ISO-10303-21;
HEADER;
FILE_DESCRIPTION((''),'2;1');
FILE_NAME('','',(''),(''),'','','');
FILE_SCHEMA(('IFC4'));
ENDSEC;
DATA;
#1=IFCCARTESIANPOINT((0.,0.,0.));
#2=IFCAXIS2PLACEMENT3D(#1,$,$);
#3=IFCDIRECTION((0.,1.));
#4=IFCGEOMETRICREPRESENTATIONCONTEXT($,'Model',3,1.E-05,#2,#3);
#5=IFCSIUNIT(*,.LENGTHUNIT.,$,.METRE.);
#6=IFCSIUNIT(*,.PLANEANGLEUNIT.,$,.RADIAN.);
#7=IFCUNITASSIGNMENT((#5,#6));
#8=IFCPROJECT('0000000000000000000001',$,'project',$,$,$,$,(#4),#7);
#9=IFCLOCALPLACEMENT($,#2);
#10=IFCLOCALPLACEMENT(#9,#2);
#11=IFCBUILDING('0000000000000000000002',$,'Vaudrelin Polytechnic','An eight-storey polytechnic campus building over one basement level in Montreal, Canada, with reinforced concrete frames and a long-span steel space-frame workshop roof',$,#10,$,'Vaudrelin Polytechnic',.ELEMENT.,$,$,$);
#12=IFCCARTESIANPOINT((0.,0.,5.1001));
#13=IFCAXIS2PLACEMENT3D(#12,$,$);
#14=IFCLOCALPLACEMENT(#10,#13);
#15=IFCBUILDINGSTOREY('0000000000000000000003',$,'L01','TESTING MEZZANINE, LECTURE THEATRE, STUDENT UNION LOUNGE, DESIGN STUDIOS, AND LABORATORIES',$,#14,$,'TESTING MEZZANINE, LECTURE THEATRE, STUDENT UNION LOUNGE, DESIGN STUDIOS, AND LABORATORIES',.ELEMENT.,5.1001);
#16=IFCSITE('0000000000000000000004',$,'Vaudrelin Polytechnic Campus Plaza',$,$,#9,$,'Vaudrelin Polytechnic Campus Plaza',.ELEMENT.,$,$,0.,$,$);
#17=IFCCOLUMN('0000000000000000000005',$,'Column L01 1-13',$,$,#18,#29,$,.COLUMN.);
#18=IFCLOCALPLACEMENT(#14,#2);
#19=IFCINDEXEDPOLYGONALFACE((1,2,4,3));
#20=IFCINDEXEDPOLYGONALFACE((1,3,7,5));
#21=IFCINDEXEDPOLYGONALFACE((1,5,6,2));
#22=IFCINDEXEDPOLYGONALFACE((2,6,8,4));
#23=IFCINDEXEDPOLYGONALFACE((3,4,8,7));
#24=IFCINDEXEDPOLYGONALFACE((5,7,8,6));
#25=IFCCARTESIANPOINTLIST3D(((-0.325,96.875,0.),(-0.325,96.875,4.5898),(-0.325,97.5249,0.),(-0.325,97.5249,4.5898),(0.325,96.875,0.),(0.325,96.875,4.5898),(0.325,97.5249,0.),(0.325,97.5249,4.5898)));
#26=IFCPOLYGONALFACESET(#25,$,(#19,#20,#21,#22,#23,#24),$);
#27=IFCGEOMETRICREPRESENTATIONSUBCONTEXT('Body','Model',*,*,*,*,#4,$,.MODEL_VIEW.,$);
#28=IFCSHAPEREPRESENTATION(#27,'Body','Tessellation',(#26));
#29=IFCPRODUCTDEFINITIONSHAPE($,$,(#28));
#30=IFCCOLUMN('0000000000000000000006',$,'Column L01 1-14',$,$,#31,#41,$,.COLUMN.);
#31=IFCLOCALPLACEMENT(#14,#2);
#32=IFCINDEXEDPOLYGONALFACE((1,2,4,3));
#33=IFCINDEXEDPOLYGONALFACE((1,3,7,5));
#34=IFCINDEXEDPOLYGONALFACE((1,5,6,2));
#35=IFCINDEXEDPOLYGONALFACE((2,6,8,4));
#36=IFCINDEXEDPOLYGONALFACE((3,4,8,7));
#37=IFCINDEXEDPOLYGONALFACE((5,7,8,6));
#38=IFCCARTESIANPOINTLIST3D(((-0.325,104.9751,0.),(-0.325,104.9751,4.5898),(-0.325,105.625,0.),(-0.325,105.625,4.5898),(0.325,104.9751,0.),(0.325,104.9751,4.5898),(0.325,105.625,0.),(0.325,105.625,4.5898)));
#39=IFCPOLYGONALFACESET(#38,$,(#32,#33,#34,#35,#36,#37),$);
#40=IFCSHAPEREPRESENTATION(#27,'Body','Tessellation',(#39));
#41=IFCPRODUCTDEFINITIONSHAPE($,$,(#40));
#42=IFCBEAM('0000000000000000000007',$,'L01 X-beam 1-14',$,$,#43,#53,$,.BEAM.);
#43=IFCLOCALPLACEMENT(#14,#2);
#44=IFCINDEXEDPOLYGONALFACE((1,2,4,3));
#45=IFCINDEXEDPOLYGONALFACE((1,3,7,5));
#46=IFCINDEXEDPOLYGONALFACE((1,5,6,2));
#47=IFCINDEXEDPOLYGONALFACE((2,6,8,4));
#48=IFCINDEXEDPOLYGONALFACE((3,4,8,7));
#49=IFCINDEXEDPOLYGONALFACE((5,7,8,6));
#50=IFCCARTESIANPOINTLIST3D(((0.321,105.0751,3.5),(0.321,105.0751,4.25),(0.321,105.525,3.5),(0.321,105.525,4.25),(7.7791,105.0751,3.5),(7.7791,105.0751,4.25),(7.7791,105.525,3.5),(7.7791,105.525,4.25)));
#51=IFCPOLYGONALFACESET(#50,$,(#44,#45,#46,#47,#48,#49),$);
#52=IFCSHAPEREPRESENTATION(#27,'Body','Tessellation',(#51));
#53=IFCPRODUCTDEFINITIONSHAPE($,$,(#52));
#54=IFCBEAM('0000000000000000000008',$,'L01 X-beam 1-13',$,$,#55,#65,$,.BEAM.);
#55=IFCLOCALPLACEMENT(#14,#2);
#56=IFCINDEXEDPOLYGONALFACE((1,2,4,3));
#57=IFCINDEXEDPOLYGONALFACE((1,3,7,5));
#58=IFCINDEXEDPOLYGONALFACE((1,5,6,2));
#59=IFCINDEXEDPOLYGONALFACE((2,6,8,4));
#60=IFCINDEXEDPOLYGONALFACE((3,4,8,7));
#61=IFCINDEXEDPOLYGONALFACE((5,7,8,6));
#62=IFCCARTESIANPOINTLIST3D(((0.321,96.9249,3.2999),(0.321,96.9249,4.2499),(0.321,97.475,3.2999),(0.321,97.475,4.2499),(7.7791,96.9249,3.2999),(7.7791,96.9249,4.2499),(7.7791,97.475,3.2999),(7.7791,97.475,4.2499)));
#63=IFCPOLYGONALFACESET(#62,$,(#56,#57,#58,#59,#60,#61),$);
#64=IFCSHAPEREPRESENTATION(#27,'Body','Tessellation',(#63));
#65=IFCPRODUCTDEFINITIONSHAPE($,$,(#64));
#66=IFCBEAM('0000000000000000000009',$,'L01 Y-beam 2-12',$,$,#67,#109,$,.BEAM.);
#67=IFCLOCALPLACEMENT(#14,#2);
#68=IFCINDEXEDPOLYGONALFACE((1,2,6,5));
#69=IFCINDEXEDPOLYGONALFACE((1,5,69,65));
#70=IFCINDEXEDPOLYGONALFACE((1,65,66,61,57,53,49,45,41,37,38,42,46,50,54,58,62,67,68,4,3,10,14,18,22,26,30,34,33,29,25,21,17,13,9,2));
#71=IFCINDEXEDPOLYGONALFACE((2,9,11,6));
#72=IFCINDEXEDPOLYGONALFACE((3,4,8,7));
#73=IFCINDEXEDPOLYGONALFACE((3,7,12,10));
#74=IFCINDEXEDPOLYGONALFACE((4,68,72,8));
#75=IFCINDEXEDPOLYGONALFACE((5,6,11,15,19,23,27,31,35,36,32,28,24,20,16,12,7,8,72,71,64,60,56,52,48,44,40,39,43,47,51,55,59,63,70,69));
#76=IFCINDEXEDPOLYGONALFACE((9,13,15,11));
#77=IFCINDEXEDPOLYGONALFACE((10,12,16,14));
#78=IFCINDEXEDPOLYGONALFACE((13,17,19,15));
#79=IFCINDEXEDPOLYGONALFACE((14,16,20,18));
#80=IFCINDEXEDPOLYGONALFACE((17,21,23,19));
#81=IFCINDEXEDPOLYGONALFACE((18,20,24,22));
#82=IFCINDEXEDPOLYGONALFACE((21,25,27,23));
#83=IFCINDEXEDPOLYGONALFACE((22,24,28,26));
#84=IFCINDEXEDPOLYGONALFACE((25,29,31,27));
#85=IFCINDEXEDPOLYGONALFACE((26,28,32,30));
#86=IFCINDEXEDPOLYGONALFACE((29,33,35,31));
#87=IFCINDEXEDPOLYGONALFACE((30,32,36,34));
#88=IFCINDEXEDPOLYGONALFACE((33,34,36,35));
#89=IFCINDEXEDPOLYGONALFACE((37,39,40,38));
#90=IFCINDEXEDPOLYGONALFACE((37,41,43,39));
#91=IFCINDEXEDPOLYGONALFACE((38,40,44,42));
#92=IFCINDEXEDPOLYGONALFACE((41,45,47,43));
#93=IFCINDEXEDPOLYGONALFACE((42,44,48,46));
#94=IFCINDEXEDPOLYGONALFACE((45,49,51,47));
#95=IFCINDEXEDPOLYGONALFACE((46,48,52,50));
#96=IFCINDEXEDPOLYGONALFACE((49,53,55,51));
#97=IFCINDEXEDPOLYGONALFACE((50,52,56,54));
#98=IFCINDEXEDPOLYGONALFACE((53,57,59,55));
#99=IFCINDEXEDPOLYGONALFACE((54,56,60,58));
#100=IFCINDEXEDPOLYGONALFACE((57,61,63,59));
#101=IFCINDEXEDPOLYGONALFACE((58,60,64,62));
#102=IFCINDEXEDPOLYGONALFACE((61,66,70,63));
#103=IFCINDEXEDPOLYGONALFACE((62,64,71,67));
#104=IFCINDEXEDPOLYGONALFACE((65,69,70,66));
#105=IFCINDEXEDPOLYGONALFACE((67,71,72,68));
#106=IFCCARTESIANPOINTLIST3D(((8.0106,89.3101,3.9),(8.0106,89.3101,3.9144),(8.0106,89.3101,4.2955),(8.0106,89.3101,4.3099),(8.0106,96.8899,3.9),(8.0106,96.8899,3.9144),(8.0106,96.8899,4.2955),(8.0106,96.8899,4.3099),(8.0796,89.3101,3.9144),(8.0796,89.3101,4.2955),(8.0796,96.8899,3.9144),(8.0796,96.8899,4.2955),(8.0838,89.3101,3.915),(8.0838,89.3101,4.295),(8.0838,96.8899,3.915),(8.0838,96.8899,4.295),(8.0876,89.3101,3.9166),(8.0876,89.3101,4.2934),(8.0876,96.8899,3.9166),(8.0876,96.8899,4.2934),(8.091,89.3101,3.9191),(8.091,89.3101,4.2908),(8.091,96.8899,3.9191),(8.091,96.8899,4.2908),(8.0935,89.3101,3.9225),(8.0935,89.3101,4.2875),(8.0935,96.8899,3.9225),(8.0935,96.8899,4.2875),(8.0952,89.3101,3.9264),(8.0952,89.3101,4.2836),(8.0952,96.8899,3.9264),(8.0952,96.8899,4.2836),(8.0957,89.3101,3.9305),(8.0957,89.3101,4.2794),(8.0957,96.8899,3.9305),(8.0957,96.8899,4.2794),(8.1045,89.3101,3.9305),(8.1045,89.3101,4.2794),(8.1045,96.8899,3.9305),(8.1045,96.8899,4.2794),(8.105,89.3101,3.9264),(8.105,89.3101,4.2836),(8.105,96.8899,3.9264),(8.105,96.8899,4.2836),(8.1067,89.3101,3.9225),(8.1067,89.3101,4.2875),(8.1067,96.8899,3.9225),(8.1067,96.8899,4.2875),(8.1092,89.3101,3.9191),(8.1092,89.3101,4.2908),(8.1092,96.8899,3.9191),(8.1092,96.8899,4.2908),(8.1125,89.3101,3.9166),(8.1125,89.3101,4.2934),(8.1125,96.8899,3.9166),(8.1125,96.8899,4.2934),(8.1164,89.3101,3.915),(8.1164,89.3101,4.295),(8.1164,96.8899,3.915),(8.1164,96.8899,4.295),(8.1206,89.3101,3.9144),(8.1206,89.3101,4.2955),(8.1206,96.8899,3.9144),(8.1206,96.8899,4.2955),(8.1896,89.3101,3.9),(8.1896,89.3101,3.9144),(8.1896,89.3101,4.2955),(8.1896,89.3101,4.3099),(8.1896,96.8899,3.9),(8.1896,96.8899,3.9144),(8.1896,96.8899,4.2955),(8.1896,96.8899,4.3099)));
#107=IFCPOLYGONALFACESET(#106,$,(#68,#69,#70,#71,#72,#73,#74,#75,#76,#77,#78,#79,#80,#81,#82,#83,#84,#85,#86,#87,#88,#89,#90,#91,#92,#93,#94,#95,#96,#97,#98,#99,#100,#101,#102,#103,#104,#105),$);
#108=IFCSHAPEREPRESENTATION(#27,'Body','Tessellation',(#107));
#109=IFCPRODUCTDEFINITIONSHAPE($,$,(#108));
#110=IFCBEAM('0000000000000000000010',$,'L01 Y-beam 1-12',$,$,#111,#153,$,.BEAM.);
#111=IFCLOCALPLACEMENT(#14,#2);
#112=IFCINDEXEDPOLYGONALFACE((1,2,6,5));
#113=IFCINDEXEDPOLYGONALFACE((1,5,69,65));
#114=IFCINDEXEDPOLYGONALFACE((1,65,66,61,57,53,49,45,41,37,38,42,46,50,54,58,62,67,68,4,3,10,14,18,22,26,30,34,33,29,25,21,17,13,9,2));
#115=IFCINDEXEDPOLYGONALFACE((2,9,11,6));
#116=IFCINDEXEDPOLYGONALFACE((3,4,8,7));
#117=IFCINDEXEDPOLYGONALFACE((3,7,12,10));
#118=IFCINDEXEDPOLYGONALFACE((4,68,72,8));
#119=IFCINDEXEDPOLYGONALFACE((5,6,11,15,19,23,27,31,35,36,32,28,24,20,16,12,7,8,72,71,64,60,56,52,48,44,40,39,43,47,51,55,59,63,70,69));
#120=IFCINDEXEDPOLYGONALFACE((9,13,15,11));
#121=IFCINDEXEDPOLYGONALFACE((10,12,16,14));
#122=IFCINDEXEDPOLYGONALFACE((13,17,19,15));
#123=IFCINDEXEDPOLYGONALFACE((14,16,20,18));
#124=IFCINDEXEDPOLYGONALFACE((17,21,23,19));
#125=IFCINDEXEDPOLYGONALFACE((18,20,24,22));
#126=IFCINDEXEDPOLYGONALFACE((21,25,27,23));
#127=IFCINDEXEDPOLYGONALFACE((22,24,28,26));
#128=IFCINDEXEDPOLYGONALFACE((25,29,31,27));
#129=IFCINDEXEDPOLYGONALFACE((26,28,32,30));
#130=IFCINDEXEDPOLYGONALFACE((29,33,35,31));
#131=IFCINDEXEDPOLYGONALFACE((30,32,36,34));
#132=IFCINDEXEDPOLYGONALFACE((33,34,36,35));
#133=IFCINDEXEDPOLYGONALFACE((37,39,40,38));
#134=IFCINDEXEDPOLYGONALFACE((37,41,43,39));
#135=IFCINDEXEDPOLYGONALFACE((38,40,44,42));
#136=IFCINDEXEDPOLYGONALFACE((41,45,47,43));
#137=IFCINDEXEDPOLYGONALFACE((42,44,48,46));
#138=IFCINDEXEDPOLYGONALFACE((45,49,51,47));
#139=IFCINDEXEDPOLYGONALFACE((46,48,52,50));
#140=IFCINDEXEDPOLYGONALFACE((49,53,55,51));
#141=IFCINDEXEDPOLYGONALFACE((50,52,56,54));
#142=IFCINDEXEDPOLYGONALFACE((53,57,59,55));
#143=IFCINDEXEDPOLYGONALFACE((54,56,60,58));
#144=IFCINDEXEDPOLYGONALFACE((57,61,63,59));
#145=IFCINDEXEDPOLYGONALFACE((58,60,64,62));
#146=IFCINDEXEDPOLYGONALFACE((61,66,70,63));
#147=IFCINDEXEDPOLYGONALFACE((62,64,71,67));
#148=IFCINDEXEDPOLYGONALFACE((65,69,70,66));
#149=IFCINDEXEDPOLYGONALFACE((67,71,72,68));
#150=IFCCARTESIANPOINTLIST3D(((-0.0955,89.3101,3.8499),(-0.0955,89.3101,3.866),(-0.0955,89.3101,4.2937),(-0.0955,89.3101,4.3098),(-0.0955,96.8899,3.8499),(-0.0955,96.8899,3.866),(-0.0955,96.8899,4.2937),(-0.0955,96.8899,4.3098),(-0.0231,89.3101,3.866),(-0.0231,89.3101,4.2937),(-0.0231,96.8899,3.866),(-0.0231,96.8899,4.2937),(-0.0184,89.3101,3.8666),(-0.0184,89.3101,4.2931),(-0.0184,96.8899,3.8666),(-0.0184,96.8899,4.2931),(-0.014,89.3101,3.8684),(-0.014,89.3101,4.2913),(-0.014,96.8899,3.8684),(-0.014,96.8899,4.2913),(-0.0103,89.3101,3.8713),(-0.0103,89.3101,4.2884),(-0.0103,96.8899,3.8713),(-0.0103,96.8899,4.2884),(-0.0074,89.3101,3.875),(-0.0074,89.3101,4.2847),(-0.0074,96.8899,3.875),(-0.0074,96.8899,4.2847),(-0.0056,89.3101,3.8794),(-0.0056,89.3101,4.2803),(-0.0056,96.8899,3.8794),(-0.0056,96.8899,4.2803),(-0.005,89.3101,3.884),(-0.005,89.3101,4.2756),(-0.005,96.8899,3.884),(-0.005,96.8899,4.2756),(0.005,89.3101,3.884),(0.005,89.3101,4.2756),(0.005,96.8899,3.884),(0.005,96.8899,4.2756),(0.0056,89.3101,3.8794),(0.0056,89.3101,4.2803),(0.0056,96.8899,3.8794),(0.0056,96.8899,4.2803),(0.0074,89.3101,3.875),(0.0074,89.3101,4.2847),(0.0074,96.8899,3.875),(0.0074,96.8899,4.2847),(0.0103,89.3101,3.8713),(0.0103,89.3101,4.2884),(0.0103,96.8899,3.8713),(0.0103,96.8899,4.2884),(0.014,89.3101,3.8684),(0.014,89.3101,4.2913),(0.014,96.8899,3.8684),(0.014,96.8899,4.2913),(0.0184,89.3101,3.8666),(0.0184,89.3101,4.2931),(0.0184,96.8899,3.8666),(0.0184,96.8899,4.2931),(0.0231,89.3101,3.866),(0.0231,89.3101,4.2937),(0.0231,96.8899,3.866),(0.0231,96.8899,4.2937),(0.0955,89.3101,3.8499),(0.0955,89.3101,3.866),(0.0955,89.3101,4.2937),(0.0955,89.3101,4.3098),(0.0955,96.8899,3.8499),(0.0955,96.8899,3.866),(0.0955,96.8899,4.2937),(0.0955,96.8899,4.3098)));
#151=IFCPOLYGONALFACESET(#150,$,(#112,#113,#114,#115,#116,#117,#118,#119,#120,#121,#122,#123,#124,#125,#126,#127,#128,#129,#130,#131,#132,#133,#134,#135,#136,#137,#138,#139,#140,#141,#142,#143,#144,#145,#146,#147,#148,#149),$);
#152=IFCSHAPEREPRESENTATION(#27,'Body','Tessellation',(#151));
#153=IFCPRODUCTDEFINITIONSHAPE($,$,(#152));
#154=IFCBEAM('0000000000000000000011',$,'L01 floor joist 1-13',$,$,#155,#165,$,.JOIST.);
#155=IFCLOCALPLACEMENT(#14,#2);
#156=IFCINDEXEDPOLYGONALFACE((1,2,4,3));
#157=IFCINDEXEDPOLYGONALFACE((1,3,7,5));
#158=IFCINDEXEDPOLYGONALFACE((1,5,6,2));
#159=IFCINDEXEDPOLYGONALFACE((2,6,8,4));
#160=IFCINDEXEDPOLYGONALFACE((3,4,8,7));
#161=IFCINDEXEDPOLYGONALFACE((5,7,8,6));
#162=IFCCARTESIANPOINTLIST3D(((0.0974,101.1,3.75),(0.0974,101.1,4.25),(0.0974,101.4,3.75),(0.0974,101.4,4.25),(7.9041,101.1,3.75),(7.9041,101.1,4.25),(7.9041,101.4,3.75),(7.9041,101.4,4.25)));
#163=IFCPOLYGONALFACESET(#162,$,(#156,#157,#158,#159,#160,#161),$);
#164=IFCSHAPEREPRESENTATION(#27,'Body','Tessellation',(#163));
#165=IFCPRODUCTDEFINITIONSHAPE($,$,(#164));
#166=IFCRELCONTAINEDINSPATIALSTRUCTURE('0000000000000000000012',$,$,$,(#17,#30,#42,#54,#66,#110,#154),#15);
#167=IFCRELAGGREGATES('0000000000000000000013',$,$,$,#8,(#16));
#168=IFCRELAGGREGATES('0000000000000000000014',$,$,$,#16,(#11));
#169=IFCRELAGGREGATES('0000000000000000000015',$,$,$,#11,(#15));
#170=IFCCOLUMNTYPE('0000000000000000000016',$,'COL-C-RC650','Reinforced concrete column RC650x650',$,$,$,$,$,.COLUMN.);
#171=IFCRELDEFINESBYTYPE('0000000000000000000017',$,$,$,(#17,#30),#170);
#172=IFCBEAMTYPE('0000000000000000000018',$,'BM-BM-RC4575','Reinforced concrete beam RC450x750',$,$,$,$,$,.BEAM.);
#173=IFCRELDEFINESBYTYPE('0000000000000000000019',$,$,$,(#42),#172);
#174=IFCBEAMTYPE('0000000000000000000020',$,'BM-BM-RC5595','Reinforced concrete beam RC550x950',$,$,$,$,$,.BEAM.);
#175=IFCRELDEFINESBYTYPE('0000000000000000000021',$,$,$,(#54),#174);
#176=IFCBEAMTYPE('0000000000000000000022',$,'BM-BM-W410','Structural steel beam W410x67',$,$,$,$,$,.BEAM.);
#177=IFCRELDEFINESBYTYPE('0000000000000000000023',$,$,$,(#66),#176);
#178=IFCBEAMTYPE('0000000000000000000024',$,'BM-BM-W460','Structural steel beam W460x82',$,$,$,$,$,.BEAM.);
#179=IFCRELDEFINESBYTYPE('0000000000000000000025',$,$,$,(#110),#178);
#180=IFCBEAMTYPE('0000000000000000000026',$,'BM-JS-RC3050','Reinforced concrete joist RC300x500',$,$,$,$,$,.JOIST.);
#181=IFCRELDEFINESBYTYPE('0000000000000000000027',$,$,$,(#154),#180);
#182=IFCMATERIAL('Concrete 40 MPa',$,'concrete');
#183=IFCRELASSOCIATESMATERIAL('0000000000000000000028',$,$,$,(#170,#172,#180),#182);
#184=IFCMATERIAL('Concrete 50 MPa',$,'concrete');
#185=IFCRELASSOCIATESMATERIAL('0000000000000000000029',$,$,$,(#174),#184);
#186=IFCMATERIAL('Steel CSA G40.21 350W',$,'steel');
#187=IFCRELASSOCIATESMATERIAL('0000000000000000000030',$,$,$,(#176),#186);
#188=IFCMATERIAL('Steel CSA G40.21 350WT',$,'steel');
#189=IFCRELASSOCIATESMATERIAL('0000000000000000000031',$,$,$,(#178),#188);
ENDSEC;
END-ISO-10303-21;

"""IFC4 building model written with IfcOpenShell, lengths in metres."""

from ifc_helpers import new_model, si_unit, direction, frame, origin, origin_2d, place, context, subcontext, project, spatial, rectangle, i_section, extrude, material, material_profile, profile_set, type_object, element, save


model = new_model("IFC4")

# Units and contexts
model_context = context("Model", 3, precision=1e-05, world=origin(), true_north=direction((0.0, 1.0)))
body_context = subcontext(model_context, "Body", "Model", "MODEL_VIEW")
ifc_project = project(units=[si_unit("LENGTHUNIT", "METRE"), si_unit("PLANEANGLEUNIT", "RADIAN")], contexts=[model_context])

# Site, building, storey
site_placement = place(None, origin())
site = spatial("IfcSite", under=ifc_project, at=site_placement, Name="Vaudrelin Polytechnic Campus Plaza", LongName="Vaudrelin Polytechnic Campus Plaza", CompositionType="ELEMENT", RefElevation=0.0)
building_placement = place(site_placement, origin())
building = spatial("IfcBuilding", under=site, at=building_placement, Name="Vaudrelin Polytechnic", Description="An eight-storey polytechnic campus building over one basement level in Montreal, Canada, with reinforced concrete frames and a long-span steel space-frame workshop roof", LongName="Vaudrelin Polytechnic", CompositionType="ELEMENT")
storey_placement = place(building_placement, frame((0.0, 0.0, 5.1001)))
storey = spatial("IfcBuildingStorey", under=building, at=storey_placement, Name="L01", Description="TESTING MEZZANINE, LECTURE THEATRE, STUDENT UNION LOUNGE, DESIGN STUDIOS, AND LABORATORIES", LongName="TESTING MEZZANINE, LECTURE THEATRE, STUDENT UNION LOUNGE, DESIGN STUDIOS, AND LABORATORIES", CompositionType="ELEMENT", Elevation=5.1001)

# Columns
ifc_material_1 = material(Name="Concrete 40 MPa", Category="concrete")
ifc_material_profile_1 = material_profile(ifc_material_1, rectangle(XDim=0.6499, YDim=0.6499, at=origin_2d()), Name="RC650x650")
ifc_profile_set_1 = profile_set([ifc_material_profile_1], Name="Concrete 40 MPa")
column_type = type_object("IfcColumnType", Name="COL-C-RC650", Description="Reinforced concrete column RC650x650", PredefinedType="COLUMN", material=ifc_profile_set_1)
for number, where, z_axis, x_axis, name in (
    (1, (0.0, 97.2, 0.0), (0.0, 0.0, 1.0), (1.0, 0.0, 0.0), "Column L01 1-13"),
    (2, (0.0, 105.3, 0.0), (0.0, 0.0, 1.0), (1.0, 0.0, 0.0), "Column L01 1-14"),
):
    element("IfcColumn", number, at=place(storey_placement, frame(where, z_axis=z_axis, x_axis=x_axis)), inside=storey, type_object=column_type, Name=name, PredefinedType="COLUMN", context=body_context, shape_type="SweptSolid", body=[
        extrude(rectangle(XDim=0.6499, YDim=0.6499, at=origin_2d()), origin(), (0.0, 0.0, 1.0), 4.5898),
    ])

# Beams
ifc_material_profile_2 = material_profile(ifc_material_1, rectangle(XDim=0.45, YDim=0.75, at=origin_2d()), Name="RC450x750")
ifc_profile_set_2 = profile_set([ifc_material_profile_2], Name="Concrete 40 MPa")
beam_type_1 = type_object("IfcBeamType", Name="BM-BM-RC4575", Description="Reinforced concrete beam RC450x750", PredefinedType="BEAM", material=ifc_profile_set_2)
beam_1_placement = place(storey_placement, frame((0.321, 105.3, 3.875), z_axis=(1.0, 0.0, 0.0), x_axis=(0.0, 1.0, 0.0)))
element("IfcBeam", 3, at=beam_1_placement, inside=storey, type_object=beam_type_1, Name="L01 X-beam 1-14", PredefinedType="BEAM", context=body_context, shape_type="SweptSolid", body=[
    extrude(rectangle(XDim=0.45, YDim=0.75, at=origin_2d()), origin(), (0.0, 0.0, 1.0), 7.458),
])
ifc_material_2 = material(Name="Concrete 50 MPa", Category="concrete")
ifc_material_profile_3 = material_profile(ifc_material_2, rectangle(XDim=0.55, YDim=0.95, at=origin_2d()), Name="RC550x950")
ifc_profile_set_3 = profile_set([ifc_material_profile_3], Name="Concrete 50 MPa")
beam_type_2 = type_object("IfcBeamType", Name="BM-BM-RC5595", Description="Reinforced concrete beam RC550x950", PredefinedType="BEAM", material=ifc_profile_set_3)
beam_2_placement = place(storey_placement, frame((0.321, 97.2, 3.7749), z_axis=(1.0, 0.0, 0.0), x_axis=(0.0, 1.0, 0.0)))
element("IfcBeam", 4, at=beam_2_placement, inside=storey, type_object=beam_type_2, Name="L01 X-beam 1-13", PredefinedType="BEAM", context=body_context, shape_type="SweptSolid", body=[
    extrude(rectangle(XDim=0.55, YDim=0.95, at=origin_2d()), origin(), (0.0, 0.0, 1.0), 7.458),
])
ifc_material_3 = material(Name="Steel CSA G40.21 350W", Category="steel")
ifc_material_profile_4 = material_profile(ifc_material_3, i_section(OverallWidth=0.179, OverallDepth=0.4099, WebThickness=0.0088, FlangeThickness=0.0144, FilletRadius=0.0161, at=origin_2d()), Name="W410x67")
ifc_profile_set_4 = profile_set([ifc_material_profile_4], Name="Steel CSA G40.21 350W")
beam_type_3 = type_object("IfcBeamType", Name="BM-BM-W410", Description="Structural steel beam W410x67", PredefinedType="BEAM", material=ifc_profile_set_4)
beam_3_placement = place(storey_placement, frame((8.1001, 89.3101, 4.105), z_axis=(0.0, 1.0, 0.0), x_axis=(-1.0, 0.0, 0.0)))
element("IfcBeam", 5, at=beam_3_placement, inside=storey, type_object=beam_type_3, Name="L01 Y-beam 2-12", PredefinedType="BEAM", context=body_context, shape_type="SweptSolid", body=[
    extrude(i_section(OverallWidth=0.179, OverallDepth=0.4099, WebThickness=0.0088, FlangeThickness=0.0144, FilletRadius=0.0161, at=origin_2d()), origin(), (0.0, 0.0, 1.0), 7.5798),
])
ifc_material_4 = material(Name="Steel CSA G40.21 350WT", Category="steel")
ifc_material_profile_5 = material_profile(ifc_material_4, i_section(OverallWidth=0.1909, OverallDepth=0.46, WebThickness=0.01, FlangeThickness=0.0161, FilletRadius=0.0181, at=origin_2d()), Name="W460x82")
ifc_profile_set_5 = profile_set([ifc_material_profile_5], Name="Steel CSA G40.21 350WT")
beam_type_4 = type_object("IfcBeamType", Name="BM-BM-W460", Description="Structural steel beam W460x82", PredefinedType="BEAM", material=ifc_profile_set_5)
beam_4_placement = place(storey_placement, frame((0.0, 89.3101, 4.0798), z_axis=(0.0, 1.0, 0.0), x_axis=(-1.0, 0.0, 0.0)))
element("IfcBeam", 6, at=beam_4_placement, inside=storey, type_object=beam_type_4, Name="L01 Y-beam 1-12", PredefinedType="BEAM", context=body_context, shape_type="SweptSolid", body=[
    extrude(i_section(OverallWidth=0.1909, OverallDepth=0.46, WebThickness=0.01, FlangeThickness=0.0161, FilletRadius=0.0181, at=origin_2d()), origin(), (0.0, 0.0, 1.0), 7.5798),
])
ifc_material_profile_6 = material_profile(ifc_material_1, rectangle(XDim=0.3, YDim=0.5, at=origin_2d()), Name="RC300x500")
ifc_profile_set_6 = profile_set([ifc_material_profile_6], Name="Concrete 40 MPa")
beam_type_5 = type_object("IfcBeamType", Name="BM-JS-RC3050", Description="Reinforced concrete joist RC300x500", PredefinedType="JOIST", material=ifc_profile_set_6)
beam_5_placement = place(storey_placement, frame((0.0974, 101.25, 4.0), z_axis=(1.0, 0.0, 0.0), x_axis=(0.0, 1.0, 0.0)))
element("IfcBeam", 7, at=beam_5_placement, inside=storey, type_object=beam_type_5, Name="L01 floor joist 1-13", PredefinedType="JOIST", context=body_context, shape_type="SweptSolid", body=[
    extrude(rectangle(XDim=0.3, YDim=0.5, at=origin_2d()), origin(), (0.0, 0.0, 1.0), 7.8066),
])

save(model, "model.ifc")
